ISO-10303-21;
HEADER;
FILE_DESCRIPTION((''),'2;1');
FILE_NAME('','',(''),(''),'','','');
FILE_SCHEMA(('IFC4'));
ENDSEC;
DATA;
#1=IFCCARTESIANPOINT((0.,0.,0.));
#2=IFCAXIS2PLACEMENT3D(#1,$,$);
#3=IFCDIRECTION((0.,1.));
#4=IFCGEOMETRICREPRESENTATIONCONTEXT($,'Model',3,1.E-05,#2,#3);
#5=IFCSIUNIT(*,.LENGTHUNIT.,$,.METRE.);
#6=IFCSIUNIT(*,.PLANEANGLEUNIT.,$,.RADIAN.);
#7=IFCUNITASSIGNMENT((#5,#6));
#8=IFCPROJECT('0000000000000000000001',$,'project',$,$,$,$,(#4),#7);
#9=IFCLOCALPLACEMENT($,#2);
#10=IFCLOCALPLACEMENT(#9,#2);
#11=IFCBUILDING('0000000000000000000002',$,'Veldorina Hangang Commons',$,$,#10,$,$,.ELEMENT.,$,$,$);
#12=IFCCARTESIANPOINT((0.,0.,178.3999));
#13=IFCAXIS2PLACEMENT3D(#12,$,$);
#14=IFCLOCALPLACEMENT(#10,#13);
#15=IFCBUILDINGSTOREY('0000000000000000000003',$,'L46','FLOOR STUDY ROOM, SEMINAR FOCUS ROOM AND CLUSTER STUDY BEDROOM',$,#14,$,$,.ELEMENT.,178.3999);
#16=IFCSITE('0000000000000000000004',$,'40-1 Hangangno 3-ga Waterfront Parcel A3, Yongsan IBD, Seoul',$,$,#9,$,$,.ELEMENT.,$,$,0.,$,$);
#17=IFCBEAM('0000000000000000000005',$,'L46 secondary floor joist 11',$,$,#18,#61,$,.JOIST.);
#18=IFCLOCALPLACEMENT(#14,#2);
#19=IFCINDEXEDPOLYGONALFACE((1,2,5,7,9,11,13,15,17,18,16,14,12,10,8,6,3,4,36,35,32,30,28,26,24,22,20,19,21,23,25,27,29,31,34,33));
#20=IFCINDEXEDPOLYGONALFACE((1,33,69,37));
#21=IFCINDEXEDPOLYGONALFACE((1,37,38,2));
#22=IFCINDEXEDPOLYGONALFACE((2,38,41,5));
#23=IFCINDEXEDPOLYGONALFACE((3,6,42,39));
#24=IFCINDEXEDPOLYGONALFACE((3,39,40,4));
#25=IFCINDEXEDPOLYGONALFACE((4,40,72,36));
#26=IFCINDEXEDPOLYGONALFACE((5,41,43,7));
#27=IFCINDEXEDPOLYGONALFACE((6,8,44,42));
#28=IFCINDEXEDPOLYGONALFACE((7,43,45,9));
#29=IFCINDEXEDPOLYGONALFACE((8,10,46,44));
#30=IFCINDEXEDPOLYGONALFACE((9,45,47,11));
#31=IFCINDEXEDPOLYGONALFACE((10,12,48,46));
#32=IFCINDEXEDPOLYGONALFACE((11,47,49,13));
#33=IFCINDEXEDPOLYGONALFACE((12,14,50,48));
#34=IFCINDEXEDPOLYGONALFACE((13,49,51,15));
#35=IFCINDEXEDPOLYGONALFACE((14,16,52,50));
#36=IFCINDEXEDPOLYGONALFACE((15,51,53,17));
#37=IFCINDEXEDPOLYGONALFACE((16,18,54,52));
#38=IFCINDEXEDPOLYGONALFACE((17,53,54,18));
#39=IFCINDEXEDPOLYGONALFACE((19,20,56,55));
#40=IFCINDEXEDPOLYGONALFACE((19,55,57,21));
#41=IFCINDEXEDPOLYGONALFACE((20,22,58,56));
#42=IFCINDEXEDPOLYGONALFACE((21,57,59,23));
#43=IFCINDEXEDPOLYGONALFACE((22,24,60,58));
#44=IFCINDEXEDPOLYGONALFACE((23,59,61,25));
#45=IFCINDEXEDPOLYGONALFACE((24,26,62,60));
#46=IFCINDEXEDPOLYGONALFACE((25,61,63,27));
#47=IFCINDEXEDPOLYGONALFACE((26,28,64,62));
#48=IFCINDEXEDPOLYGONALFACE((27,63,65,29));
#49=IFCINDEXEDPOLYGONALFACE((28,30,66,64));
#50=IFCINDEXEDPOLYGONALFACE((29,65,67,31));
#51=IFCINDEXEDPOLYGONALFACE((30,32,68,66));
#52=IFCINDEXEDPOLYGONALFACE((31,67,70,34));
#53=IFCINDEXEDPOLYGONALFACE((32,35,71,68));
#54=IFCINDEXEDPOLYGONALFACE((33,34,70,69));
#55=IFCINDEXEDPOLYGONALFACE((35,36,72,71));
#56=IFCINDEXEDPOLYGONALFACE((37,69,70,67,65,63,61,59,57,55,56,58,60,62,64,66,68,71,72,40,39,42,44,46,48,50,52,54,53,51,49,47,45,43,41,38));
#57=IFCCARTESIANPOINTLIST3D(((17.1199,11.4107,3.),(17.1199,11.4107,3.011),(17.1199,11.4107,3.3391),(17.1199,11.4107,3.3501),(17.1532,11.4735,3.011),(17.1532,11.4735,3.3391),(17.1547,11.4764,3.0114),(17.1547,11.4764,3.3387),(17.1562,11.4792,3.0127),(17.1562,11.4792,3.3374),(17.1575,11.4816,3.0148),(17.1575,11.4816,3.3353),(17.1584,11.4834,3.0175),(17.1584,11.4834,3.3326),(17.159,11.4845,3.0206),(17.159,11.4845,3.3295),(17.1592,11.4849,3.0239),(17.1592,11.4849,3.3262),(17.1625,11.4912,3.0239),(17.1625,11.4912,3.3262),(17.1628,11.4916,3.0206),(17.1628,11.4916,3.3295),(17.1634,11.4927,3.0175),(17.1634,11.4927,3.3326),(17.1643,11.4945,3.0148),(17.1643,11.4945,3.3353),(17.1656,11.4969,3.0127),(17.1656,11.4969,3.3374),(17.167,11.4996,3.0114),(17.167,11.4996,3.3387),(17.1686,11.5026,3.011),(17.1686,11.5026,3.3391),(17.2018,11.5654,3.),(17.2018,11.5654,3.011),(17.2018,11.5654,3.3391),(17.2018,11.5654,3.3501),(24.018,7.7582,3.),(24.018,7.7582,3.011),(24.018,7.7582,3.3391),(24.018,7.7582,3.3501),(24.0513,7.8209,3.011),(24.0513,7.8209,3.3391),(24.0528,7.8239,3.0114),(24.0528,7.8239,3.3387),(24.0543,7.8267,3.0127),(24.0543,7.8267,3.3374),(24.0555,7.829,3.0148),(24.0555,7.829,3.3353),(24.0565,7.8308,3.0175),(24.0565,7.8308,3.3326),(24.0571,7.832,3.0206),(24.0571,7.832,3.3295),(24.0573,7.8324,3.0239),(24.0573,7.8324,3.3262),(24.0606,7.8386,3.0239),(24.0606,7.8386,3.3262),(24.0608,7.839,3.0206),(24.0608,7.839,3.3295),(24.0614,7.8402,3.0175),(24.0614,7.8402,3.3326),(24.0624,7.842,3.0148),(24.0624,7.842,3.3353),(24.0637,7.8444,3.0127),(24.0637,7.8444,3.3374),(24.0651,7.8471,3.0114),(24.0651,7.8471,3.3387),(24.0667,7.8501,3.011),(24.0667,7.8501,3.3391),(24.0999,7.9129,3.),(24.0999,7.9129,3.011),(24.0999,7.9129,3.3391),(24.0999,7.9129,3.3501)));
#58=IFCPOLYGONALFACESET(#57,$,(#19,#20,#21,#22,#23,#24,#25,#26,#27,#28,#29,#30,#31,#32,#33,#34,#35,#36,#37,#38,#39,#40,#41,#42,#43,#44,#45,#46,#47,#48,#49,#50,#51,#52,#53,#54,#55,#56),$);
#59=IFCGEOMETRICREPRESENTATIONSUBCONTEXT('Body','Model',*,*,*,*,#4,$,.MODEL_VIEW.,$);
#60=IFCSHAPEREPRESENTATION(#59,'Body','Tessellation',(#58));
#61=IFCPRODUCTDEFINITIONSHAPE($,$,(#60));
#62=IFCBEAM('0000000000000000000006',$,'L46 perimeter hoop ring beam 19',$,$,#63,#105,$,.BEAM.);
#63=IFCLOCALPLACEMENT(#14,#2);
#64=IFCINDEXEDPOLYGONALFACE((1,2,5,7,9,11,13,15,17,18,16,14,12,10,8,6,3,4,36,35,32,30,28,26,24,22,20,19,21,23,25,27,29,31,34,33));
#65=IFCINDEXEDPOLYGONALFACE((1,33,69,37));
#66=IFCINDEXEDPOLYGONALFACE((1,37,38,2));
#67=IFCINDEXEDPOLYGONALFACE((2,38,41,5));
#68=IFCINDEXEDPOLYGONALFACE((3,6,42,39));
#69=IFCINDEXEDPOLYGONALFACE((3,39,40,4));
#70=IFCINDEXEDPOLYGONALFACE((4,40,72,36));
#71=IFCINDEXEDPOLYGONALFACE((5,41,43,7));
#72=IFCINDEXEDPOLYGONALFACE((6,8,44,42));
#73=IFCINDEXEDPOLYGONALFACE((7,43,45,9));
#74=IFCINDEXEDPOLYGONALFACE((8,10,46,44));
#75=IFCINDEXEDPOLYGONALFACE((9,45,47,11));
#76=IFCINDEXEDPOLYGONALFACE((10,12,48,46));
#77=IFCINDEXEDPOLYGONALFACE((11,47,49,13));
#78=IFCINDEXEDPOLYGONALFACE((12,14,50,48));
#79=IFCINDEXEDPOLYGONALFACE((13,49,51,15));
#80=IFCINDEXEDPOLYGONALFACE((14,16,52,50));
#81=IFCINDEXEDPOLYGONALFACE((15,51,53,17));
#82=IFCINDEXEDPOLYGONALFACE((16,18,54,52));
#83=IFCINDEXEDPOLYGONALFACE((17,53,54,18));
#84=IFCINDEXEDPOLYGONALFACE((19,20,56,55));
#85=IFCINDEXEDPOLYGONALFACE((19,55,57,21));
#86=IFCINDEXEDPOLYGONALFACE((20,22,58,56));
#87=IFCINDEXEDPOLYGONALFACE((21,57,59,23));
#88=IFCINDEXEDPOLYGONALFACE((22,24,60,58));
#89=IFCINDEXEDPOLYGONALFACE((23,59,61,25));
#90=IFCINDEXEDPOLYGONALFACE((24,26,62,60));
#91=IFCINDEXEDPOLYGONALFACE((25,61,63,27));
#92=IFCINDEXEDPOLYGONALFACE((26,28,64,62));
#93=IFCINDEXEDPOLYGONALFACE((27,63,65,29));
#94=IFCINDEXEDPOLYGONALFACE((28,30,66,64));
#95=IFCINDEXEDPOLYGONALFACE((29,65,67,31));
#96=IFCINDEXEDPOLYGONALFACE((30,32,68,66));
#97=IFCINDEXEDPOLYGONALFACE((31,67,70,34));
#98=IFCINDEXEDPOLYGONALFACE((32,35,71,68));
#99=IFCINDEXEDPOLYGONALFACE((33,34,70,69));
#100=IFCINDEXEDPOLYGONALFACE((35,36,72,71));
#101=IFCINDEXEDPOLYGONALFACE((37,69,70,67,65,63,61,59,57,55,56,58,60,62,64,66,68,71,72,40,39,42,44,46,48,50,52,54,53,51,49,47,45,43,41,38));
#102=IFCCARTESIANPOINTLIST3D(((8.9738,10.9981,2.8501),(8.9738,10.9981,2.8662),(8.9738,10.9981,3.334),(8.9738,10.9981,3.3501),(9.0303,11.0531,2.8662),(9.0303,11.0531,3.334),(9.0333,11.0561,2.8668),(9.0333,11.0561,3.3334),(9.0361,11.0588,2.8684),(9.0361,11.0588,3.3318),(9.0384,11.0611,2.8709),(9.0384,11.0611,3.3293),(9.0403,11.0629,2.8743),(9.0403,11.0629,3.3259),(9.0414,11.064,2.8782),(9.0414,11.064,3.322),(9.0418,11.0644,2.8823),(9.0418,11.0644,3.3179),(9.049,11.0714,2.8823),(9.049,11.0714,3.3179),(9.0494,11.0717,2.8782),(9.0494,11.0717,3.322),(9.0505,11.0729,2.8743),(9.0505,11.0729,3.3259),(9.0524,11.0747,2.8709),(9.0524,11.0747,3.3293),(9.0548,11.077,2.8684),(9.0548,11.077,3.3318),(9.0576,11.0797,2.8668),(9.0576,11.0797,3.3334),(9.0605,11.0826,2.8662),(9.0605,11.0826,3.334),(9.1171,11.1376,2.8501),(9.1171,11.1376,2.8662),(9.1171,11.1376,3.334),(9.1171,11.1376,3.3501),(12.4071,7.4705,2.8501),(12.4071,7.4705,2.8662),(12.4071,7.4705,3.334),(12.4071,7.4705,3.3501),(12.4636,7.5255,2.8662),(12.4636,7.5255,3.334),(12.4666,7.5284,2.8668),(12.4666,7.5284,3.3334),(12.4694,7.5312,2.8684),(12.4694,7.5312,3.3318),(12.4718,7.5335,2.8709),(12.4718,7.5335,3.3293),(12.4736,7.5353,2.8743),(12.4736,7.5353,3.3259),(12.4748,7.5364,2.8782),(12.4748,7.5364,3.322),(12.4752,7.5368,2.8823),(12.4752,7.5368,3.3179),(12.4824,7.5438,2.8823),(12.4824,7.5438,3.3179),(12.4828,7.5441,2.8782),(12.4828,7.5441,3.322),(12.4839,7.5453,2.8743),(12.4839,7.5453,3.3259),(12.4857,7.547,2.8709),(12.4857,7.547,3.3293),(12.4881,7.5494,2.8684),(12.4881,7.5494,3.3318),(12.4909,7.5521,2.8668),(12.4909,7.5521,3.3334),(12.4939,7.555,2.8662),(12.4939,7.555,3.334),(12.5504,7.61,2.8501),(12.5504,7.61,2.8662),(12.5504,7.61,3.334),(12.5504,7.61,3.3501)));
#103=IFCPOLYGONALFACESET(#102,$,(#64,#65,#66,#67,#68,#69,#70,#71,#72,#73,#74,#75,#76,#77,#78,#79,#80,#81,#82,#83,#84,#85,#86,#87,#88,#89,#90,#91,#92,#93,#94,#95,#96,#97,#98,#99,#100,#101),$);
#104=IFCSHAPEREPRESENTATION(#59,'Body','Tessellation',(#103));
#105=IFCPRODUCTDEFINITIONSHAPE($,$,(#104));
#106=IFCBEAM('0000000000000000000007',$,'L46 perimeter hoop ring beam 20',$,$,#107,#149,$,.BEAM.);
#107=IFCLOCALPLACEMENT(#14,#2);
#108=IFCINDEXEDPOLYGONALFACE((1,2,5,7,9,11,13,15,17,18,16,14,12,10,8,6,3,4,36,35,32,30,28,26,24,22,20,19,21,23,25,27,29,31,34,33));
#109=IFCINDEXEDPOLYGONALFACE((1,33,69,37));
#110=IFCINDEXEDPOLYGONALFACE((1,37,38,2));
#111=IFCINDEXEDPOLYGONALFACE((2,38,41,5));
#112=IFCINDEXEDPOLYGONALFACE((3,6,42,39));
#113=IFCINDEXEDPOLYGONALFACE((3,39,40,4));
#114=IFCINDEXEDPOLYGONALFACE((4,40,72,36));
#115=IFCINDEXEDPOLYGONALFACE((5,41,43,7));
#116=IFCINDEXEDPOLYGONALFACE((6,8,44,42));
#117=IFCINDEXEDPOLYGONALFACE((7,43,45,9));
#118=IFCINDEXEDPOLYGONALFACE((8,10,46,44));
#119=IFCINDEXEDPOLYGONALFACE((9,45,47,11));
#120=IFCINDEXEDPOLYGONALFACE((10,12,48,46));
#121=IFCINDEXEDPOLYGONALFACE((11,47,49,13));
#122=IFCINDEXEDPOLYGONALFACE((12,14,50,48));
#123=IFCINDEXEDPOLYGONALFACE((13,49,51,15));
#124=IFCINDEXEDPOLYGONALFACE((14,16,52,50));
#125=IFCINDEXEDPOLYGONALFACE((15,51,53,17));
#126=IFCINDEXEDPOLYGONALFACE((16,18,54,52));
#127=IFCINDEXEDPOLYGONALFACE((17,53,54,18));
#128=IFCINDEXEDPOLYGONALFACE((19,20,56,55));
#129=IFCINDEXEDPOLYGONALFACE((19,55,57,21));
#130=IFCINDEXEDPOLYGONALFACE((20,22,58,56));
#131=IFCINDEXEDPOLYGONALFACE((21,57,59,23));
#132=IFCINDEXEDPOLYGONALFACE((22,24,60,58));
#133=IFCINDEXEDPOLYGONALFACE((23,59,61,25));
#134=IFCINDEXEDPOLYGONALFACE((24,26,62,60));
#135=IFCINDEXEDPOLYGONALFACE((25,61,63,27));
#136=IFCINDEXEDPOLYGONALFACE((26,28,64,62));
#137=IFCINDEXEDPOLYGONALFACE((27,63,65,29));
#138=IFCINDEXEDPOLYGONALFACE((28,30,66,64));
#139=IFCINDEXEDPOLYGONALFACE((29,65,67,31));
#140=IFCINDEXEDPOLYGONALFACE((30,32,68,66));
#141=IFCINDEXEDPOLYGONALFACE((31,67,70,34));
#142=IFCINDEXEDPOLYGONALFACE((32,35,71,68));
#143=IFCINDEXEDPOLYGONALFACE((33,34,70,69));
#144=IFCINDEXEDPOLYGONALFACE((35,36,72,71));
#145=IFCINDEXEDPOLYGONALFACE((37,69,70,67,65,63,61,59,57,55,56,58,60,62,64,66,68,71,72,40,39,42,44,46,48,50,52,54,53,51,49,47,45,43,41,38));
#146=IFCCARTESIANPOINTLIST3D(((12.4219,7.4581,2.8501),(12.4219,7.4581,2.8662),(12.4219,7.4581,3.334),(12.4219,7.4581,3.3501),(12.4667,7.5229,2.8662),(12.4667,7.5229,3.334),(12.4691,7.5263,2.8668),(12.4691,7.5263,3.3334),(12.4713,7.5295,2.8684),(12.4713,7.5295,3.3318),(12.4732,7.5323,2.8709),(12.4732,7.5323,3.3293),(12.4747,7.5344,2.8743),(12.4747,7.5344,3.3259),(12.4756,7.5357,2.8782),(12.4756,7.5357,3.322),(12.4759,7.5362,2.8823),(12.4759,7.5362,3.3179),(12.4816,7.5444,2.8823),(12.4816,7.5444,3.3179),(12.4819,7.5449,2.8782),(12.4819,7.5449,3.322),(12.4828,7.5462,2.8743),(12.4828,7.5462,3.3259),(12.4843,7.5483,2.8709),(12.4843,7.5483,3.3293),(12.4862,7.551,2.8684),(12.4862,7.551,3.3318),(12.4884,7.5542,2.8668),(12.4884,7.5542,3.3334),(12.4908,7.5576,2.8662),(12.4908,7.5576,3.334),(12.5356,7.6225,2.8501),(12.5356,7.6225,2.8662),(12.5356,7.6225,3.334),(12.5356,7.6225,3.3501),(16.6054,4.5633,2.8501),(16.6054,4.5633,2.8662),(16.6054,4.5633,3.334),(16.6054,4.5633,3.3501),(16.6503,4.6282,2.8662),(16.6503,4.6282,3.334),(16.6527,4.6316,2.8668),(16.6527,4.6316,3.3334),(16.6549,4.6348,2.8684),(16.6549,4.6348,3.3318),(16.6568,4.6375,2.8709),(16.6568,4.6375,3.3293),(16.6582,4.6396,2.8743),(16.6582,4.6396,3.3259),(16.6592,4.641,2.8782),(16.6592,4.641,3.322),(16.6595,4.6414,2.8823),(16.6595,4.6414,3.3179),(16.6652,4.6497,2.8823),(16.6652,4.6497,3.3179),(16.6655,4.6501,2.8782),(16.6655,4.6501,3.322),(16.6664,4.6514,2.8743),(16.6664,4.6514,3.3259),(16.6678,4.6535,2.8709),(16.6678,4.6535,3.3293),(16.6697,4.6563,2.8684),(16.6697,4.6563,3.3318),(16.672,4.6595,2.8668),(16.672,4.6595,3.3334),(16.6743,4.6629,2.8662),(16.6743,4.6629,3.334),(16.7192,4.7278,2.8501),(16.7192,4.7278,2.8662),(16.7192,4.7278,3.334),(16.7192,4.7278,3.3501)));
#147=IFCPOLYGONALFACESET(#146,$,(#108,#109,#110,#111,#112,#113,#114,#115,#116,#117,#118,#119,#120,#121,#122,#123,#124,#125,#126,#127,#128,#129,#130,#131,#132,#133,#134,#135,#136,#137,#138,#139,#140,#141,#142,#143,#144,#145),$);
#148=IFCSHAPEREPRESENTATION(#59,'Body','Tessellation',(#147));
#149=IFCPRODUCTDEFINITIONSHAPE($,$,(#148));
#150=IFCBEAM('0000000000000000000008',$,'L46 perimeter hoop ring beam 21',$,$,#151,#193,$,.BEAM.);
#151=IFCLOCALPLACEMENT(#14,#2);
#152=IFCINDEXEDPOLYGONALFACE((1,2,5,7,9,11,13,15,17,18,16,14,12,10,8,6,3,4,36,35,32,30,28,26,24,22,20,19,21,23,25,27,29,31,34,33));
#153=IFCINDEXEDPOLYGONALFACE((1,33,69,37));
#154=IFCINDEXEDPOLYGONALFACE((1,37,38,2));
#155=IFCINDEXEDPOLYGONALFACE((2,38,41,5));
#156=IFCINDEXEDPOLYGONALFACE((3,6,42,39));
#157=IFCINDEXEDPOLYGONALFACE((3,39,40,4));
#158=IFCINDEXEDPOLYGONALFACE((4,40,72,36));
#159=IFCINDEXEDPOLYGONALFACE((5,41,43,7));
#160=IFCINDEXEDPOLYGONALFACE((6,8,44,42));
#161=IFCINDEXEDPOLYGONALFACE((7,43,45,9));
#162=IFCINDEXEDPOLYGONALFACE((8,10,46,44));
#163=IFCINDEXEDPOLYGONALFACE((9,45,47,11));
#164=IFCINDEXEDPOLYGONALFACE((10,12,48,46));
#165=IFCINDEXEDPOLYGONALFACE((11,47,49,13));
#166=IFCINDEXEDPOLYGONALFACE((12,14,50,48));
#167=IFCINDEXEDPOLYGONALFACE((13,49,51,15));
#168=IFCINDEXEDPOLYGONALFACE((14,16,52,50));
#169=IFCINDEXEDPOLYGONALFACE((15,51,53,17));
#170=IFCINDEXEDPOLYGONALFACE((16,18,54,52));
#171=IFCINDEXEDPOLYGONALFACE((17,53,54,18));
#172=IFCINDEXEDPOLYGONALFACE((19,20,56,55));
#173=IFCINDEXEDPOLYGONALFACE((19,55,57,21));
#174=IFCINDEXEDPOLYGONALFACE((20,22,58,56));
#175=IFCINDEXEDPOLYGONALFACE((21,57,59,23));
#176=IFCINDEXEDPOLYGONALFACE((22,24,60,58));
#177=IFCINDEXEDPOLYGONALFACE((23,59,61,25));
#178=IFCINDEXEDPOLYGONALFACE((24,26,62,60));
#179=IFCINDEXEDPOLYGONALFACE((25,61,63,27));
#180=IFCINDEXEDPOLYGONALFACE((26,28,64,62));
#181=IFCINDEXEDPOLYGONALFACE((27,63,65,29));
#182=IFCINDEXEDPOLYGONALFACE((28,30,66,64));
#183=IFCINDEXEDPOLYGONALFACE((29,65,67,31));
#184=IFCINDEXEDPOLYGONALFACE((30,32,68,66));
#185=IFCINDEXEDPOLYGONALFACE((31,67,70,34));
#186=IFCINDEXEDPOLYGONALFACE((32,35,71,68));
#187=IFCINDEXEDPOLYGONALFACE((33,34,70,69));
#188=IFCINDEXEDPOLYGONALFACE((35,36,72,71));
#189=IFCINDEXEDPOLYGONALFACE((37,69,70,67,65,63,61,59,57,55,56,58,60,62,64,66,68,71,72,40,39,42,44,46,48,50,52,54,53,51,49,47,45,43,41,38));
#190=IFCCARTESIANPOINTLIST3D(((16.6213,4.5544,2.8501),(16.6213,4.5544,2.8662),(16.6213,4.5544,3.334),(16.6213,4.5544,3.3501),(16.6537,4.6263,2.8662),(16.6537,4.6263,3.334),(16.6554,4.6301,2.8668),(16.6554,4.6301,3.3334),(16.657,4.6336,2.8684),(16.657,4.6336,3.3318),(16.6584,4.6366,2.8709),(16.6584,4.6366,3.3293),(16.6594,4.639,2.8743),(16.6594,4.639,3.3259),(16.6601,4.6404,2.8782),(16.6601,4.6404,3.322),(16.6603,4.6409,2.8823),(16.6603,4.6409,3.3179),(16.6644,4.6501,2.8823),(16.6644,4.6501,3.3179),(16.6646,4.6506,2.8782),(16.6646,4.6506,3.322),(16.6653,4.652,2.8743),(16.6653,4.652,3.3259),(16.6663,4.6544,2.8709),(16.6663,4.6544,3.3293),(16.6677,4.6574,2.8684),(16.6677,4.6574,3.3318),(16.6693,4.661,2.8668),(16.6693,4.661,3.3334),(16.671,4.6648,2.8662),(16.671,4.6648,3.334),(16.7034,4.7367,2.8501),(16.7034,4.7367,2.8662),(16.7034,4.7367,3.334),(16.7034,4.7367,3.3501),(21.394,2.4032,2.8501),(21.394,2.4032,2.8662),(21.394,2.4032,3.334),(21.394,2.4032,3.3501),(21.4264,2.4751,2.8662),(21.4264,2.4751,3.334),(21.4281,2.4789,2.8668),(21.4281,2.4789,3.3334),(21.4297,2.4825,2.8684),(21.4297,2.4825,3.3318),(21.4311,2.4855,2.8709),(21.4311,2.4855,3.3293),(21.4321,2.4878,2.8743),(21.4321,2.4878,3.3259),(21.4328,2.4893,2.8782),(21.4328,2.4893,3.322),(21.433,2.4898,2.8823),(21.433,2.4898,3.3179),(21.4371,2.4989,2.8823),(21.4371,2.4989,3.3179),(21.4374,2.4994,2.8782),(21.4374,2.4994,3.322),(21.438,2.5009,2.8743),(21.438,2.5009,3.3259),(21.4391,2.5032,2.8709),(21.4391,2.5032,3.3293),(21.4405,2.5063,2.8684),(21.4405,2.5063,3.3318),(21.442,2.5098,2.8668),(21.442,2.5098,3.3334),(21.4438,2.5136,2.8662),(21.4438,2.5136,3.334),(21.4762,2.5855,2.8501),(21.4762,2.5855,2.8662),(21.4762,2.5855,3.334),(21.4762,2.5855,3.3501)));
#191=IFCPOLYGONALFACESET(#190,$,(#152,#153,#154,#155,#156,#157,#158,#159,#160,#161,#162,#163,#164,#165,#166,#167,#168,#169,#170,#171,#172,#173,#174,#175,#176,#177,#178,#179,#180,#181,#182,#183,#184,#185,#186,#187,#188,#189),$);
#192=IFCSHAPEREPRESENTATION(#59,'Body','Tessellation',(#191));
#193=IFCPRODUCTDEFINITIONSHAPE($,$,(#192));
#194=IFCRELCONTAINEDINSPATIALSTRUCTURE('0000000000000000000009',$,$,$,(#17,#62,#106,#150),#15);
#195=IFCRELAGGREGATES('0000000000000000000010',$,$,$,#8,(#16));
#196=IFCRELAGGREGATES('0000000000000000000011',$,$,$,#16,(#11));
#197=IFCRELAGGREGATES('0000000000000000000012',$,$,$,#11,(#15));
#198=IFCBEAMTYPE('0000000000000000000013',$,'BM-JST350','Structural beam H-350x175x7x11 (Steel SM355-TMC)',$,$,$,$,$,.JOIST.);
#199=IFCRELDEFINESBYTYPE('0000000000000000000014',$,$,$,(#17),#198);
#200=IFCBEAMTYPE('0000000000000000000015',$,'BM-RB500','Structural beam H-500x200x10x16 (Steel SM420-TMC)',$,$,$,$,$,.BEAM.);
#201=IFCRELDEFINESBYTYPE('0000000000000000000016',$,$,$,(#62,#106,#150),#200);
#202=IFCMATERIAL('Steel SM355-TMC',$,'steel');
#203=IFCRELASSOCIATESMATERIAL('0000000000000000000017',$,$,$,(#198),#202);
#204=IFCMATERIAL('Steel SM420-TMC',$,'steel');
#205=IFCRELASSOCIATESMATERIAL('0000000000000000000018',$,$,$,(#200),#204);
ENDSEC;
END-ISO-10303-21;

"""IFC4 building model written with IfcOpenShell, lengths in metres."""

from ifc_helpers import new_model, si_unit, direction, frame, origin, origin_2d, place, context, subcontext, project, spatial, i_section, extrude, material, material_profile, profile_set, type_object, element, save


model = new_model("IFC4")

# Units and contexts
model_context = context("Model", 3, precision=1e-05, world=origin(), true_north=direction((0.0, 1.0)))
body_context = subcontext(model_context, "Body", "Model", "MODEL_VIEW")
ifc_project = project(units=[si_unit("LENGTHUNIT", "METRE"), si_unit("PLANEANGLEUNIT", "RADIAN")], contexts=[model_context])

# Site, building, storey
site_placement = place(None, origin())
site = spatial("IfcSite", under=ifc_project, at=site_placement, Name="40-1 Hangangno 3-ga Waterfront Parcel A3, Yongsan IBD, Seoul", CompositionType="ELEMENT", RefElevation=0.0)
building_placement = place(site_placement, origin())
building = spatial("IfcBuilding", under=site, at=building_placement, Name="Veldorina Hangang Commons", CompositionType="ELEMENT")
storey_placement = place(building_placement, frame((0.0, 0.0, 178.3999)))
storey = spatial("IfcBuildingStorey", under=building, at=storey_placement, Name="L46", Description="FLOOR STUDY ROOM, SEMINAR FOCUS ROOM AND CLUSTER STUDY BEDROOM", CompositionType="ELEMENT", Elevation=178.3999)

# Beams
ifc_material_1 = material(Name="Steel SM355-TMC", Category="steel")
ifc_material_profile_1 = material_profile(ifc_material_1, i_section(OverallWidth=0.175, OverallDepth=0.3501, WebThickness=0.0071, FlangeThickness=0.011, FilletRadius=0.0129, at=origin_2d()), Name="H-350x175x7x11")
ifc_profile_set_1 = profile_set([ifc_material_profile_1], Name="Steel SM355-TMC")
beam_type_1 = type_object("IfcBeamType", Name="BM-JST350", Description="Structural beam H-350x175x7x11 (Steel SM355-TMC)", PredefinedType="JOIST", material=ifc_profile_set_1)
beam_1_placement = place(storey_placement, frame((17.1609, 11.488, 3.175), z_axis=(0.883756, -0.467948, 0.0), x_axis=(0.467948, 0.883756, 0.0)))
element("IfcBeam", 1, at=beam_1_placement, inside=storey, type_object=beam_type_1, Name="L46 secondary floor joist 11", PredefinedType="JOIST", context=body_context, shape_type="SweptSolid", body=[
    extrude(i_section(OverallWidth=0.175, OverallDepth=0.3501, WebThickness=0.0071, FlangeThickness=0.011, FilletRadius=0.0129, at=origin_2d()), origin(), (0.0, 0.0, 1.0), 7.8054),
])
ifc_material_2 = material(Name="Steel SM420-TMC", Category="steel")
ifc_material_profile_2 = material_profile(ifc_material_2, i_section(OverallWidth=0.2, OverallDepth=0.5, WebThickness=0.01, FlangeThickness=0.0161, FilletRadius=0.0161, at=origin_2d()), Name="H-500x200x10x16")
ifc_profile_set_2 = profile_set([ifc_material_profile_2], Name="Steel SM420-TMC")
beam_type_2 = type_object("IfcBeamType", Name="BM-RB500", Description="Structural beam H-500x200x10x16 (Steel SM420-TMC)", PredefinedType="BEAM", material=ifc_profile_set_2)
beam_2_placement = place(storey_placement, frame((9.0454, 11.0679, 3.1001), z_axis=(0.69747, -0.716614, 0.0), x_axis=(0.716614, 0.69747, 0.0)))
element("IfcBeam", 2, at=beam_2_placement, inside=storey, type_object=beam_type_2, Name="L46 perimeter hoop ring beam 19", PredefinedType="BEAM", context=body_context, shape_type="SweptSolid", body=[
    extrude(i_section(OverallWidth=0.2, OverallDepth=0.5, WebThickness=0.01, FlangeThickness=0.0161, FilletRadius=0.0161, at=origin_2d()), origin(), (0.0, 0.0, 1.0), 4.9226),
])
beam_3_placement = place(storey_placement, frame((12.4788, 7.5403, 3.1001), z_axis=(0.822336, -0.569003, 0.0), x_axis=(0.569003, 0.822336, 0.0)))
element("IfcBeam", 3, at=beam_3_placement, inside=storey, type_object=beam_type_2, Name="L46 perimeter hoop ring beam 20", PredefinedType="BEAM", context=body_context, shape_type="SweptSolid", body=[
    extrude(i_section(OverallWidth=0.2, OverallDepth=0.5, WebThickness=0.01, FlangeThickness=0.0161, FilletRadius=0.0161, at=origin_2d()), origin(), (0.0, 0.0, 1.0), 5.0874),
])
beam_4_placement = place(storey_placement, frame((16.6624, 4.6455, 3.1001), z_axis=(0.911678, -0.410906, 0.0), x_axis=(0.410906, 0.911678, 0.0)))
element("IfcBeam", 4, at=beam_4_placement, inside=storey, type_object=beam_type_2, Name="L46 perimeter hoop ring beam 21", PredefinedType="BEAM", context=body_context, shape_type="SweptSolid", body=[
    extrude(i_section(OverallWidth=0.2, OverallDepth=0.5, WebThickness=0.01, FlangeThickness=0.0161, FilletRadius=0.0161, at=origin_2d()), origin(), (0.0, 0.0, 1.0), 5.2351),
])

save(model, "model.ifc")
